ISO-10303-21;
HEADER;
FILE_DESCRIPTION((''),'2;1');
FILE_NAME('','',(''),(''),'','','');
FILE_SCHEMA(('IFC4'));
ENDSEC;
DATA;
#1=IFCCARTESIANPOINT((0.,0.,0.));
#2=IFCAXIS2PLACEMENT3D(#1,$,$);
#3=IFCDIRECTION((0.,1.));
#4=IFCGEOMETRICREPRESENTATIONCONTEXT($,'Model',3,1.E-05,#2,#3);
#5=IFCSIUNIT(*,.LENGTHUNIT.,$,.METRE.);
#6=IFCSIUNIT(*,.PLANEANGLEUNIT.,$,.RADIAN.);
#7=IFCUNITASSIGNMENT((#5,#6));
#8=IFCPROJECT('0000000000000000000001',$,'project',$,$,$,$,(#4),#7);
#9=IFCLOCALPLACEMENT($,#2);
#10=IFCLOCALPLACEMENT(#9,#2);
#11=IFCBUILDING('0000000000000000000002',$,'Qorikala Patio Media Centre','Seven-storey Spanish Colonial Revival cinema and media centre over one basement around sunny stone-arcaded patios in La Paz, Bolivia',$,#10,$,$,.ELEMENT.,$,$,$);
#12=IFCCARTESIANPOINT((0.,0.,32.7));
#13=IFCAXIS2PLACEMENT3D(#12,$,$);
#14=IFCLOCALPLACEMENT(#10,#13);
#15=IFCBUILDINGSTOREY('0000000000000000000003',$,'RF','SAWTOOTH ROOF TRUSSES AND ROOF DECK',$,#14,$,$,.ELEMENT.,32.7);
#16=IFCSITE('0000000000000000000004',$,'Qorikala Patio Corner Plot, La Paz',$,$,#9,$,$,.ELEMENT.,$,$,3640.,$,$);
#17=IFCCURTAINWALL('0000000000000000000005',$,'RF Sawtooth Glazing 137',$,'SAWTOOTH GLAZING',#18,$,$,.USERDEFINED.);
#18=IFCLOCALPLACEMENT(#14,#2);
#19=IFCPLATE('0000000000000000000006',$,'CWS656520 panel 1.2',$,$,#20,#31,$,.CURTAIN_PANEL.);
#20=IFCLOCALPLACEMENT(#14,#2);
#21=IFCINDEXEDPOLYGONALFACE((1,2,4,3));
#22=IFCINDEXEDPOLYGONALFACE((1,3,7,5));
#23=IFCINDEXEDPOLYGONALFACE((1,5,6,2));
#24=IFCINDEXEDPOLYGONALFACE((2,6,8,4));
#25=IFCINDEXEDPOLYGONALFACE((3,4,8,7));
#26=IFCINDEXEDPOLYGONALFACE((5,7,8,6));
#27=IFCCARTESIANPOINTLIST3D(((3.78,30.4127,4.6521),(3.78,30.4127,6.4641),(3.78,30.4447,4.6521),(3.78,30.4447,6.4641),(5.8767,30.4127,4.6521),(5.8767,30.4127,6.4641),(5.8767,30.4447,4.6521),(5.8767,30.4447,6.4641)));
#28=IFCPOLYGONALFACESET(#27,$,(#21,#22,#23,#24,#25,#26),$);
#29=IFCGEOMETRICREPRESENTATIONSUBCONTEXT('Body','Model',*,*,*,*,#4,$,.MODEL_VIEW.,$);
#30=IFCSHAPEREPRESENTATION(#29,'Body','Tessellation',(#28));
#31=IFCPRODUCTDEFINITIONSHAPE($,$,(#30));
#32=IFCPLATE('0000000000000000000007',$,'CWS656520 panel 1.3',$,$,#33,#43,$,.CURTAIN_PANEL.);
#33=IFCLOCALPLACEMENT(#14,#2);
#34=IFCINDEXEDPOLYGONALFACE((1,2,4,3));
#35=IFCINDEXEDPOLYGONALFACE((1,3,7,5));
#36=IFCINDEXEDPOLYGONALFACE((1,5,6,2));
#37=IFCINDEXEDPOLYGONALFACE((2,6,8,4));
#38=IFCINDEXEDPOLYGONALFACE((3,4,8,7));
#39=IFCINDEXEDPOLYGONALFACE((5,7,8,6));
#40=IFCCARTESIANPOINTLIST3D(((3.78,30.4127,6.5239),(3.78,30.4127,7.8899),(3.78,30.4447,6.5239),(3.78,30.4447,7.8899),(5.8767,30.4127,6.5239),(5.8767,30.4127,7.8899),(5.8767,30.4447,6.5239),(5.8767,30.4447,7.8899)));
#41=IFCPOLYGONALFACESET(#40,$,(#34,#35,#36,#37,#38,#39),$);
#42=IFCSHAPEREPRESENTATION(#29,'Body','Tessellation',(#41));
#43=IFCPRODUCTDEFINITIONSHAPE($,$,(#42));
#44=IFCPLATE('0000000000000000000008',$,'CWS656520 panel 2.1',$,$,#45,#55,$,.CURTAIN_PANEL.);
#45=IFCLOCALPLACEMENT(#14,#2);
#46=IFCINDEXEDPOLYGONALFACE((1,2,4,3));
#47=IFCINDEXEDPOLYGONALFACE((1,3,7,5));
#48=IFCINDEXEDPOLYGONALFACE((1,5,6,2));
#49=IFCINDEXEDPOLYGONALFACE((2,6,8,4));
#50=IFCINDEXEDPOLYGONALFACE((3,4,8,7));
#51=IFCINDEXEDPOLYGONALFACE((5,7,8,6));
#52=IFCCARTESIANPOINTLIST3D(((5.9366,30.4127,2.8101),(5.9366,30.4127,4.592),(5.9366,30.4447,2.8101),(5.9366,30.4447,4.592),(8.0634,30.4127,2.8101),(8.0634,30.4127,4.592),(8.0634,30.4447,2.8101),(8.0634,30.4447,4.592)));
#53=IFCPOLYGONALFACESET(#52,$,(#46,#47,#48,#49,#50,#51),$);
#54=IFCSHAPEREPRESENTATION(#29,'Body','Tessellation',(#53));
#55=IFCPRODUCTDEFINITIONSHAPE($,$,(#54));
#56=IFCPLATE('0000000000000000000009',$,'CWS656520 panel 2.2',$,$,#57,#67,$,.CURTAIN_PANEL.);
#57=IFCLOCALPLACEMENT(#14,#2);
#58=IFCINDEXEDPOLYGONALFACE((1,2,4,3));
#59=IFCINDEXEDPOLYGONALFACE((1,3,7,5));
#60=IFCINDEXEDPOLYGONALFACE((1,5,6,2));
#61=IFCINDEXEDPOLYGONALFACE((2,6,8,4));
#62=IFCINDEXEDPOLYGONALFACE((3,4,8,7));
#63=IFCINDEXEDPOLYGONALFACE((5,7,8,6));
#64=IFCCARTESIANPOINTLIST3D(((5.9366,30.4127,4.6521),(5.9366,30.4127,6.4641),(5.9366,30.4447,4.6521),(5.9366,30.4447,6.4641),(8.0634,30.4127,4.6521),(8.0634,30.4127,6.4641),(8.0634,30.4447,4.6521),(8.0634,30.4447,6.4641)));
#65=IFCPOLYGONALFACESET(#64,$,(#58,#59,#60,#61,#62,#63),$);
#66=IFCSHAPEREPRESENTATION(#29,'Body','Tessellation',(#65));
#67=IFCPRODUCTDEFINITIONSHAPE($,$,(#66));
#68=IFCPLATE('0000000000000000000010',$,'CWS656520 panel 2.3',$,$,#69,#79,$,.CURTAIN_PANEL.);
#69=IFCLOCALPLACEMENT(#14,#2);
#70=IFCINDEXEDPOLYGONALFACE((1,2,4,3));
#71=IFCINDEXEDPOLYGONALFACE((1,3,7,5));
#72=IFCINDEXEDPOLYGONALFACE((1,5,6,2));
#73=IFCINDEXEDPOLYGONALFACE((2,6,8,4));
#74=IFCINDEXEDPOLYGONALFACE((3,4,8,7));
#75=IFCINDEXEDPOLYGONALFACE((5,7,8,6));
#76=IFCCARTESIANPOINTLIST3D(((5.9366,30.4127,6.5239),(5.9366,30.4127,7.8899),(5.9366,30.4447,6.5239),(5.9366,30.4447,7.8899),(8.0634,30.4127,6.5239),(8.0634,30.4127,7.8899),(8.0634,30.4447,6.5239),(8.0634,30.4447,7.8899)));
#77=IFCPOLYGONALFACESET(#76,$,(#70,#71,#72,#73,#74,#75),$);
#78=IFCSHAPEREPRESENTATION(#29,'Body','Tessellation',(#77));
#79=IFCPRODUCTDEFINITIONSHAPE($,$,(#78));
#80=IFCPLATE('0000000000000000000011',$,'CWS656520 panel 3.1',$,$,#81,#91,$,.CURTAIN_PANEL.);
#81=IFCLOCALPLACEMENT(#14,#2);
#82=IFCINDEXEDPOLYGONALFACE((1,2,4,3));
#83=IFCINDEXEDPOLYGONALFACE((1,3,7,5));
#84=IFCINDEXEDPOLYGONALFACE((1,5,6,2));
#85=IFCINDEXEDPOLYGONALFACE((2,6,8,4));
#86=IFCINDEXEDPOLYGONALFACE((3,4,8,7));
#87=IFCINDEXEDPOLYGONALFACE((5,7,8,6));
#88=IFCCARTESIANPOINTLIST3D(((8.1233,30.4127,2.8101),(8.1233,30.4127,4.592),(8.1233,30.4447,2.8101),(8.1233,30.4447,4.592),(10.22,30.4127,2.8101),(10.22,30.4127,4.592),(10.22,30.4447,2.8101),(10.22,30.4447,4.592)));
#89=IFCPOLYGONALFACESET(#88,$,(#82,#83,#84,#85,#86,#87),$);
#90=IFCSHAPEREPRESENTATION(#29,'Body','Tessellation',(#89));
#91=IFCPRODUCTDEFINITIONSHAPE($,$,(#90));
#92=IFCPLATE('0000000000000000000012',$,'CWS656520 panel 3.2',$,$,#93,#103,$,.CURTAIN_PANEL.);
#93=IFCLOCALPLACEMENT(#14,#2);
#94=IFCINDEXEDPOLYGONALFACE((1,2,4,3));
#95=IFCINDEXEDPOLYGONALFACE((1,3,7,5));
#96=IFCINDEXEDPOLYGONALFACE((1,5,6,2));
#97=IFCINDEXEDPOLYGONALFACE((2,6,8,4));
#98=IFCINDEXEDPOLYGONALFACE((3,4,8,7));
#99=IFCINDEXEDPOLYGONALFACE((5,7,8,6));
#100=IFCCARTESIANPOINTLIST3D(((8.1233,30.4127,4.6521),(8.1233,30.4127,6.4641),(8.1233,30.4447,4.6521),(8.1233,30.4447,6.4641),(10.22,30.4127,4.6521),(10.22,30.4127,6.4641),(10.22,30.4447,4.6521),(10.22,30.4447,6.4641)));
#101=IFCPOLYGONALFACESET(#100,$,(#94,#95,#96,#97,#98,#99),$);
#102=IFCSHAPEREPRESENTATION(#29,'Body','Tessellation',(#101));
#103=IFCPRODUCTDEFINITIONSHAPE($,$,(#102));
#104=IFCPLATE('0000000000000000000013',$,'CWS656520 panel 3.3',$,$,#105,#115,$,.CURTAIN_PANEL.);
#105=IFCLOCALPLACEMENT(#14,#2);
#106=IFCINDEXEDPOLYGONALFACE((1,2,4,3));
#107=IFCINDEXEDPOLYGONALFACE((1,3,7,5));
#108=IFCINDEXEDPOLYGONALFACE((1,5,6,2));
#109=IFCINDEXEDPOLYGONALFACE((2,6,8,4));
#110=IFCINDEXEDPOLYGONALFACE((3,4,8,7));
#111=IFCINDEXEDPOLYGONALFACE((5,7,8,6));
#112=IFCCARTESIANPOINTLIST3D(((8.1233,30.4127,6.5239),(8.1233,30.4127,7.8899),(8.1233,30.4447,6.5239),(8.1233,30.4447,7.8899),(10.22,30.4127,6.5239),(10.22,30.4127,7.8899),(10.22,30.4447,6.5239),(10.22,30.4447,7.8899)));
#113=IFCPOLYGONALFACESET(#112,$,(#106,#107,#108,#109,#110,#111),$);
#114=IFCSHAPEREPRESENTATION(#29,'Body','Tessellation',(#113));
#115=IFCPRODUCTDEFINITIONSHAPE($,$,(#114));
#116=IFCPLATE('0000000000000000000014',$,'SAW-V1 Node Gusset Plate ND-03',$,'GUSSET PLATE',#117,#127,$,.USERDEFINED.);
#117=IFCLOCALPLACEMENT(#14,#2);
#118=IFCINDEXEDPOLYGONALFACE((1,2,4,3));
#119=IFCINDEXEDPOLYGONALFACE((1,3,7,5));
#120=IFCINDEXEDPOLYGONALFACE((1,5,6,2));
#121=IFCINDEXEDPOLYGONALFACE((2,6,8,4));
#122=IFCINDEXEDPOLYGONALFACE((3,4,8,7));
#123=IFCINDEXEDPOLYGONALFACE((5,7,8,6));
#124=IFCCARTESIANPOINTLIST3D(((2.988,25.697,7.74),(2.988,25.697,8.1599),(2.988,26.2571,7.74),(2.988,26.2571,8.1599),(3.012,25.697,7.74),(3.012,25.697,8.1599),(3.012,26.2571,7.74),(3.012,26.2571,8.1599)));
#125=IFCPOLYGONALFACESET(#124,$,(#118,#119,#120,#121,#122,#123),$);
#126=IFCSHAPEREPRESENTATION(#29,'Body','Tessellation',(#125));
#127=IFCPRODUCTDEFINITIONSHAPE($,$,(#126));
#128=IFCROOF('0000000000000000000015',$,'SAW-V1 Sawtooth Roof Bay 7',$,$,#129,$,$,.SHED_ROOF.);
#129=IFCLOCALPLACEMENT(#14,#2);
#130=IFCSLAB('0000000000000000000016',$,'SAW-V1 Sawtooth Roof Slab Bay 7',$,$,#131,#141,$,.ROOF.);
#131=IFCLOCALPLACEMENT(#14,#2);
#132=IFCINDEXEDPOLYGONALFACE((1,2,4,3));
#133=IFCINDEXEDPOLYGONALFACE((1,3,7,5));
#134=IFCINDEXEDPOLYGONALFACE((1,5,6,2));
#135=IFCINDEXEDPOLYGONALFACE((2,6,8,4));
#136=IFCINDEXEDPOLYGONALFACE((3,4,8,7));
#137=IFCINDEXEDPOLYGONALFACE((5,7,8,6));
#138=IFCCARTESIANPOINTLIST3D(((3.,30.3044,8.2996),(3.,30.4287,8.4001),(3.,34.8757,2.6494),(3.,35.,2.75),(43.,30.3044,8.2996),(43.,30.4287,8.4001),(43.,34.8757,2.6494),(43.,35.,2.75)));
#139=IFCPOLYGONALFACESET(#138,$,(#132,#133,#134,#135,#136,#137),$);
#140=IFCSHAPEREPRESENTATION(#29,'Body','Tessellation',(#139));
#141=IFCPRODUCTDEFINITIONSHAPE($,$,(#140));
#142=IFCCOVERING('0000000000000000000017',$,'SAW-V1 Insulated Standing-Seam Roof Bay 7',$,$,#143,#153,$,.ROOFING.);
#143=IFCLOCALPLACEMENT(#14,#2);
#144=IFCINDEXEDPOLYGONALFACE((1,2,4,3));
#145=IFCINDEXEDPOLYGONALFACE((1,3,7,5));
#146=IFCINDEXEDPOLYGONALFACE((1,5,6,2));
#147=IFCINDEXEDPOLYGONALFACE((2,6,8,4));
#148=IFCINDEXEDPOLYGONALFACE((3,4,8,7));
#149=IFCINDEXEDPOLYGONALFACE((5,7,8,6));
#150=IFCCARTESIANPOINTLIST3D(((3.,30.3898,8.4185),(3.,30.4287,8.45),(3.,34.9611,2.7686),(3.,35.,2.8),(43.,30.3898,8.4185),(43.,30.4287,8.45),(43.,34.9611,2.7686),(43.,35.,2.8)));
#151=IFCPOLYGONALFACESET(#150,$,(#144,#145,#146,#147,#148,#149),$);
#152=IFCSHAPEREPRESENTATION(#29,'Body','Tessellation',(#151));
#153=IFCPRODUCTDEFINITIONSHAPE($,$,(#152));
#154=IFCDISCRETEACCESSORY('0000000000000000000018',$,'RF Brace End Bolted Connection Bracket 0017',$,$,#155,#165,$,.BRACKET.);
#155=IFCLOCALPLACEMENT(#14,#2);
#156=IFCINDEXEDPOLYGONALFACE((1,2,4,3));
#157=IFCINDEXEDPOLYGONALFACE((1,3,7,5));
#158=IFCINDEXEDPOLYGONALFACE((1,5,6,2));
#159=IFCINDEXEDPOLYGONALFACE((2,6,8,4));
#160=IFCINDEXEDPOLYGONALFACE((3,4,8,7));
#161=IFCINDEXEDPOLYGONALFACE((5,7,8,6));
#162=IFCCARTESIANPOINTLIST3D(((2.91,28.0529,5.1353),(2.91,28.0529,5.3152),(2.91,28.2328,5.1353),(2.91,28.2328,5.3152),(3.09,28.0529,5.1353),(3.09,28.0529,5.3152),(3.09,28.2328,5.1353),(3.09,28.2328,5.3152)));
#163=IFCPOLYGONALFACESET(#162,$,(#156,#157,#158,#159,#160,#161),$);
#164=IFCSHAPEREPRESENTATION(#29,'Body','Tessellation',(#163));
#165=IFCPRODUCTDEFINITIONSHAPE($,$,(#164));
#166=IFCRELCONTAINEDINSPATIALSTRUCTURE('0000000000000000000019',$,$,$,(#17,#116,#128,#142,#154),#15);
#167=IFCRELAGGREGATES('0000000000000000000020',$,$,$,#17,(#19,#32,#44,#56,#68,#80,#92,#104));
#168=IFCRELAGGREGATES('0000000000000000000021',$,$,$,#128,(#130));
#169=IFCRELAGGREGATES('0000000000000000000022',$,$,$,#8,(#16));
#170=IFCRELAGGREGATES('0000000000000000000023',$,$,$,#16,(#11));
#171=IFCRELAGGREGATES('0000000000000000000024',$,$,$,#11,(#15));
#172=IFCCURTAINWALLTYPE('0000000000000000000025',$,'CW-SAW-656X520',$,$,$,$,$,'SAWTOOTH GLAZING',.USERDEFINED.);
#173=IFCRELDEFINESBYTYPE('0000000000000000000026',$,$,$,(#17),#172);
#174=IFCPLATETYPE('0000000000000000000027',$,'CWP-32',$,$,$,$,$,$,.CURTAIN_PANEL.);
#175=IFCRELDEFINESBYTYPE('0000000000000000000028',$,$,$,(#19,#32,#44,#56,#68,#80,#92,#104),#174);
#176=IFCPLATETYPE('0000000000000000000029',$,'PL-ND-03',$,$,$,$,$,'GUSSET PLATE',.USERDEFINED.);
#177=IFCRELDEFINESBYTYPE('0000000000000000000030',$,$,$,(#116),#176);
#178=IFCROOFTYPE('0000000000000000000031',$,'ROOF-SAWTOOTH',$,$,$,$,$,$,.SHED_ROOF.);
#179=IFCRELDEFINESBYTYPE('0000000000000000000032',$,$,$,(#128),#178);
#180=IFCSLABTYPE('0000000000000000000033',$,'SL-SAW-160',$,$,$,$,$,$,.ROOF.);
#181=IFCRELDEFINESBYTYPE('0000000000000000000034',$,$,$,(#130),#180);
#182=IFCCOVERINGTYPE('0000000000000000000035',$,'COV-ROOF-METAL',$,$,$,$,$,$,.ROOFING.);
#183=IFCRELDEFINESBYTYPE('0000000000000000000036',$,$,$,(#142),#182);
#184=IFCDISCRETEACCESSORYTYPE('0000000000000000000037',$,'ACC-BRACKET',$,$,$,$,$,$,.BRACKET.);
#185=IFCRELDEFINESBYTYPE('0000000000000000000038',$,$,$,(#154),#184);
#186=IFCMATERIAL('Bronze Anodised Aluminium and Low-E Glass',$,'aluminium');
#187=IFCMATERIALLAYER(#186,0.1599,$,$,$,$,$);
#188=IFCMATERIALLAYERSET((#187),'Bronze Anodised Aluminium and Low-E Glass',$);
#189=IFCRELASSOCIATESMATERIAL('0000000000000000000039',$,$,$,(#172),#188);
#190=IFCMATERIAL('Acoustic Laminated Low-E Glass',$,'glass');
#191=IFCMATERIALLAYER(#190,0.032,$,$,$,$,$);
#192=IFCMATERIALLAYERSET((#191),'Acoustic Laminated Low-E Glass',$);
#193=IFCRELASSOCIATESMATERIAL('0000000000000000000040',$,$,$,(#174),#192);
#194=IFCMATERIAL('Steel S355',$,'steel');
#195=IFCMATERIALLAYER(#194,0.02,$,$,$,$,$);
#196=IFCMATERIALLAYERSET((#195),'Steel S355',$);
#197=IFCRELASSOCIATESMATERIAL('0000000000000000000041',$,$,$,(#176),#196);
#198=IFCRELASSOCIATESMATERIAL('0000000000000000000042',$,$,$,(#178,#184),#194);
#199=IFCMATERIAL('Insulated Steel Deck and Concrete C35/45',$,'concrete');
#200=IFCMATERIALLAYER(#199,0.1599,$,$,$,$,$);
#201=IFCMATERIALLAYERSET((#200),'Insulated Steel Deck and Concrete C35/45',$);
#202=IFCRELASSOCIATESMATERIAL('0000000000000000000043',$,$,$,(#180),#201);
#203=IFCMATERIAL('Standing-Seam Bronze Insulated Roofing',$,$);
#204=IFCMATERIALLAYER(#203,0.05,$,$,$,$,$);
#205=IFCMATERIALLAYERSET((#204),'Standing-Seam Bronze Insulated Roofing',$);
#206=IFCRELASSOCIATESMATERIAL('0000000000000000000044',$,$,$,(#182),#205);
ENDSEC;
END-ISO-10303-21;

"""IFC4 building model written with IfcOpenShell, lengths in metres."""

from ifc_helpers import new_model, si_unit, direction, frame, origin, origin_2d, place, context, subcontext, project, spatial, polyline, rectangle, outline, extrude, material, layer, layer_set, type_object, element, aggregate, save


model = new_model("IFC4")

# Units and contexts
model_context = context("Model", 3, precision=1e-05, world=origin(), true_north=direction((0.0, 1.0)))
body_context = subcontext(model_context, "Body", "Model", "MODEL_VIEW")
ifc_project = project(units=[si_unit("LENGTHUNIT", "METRE"), si_unit("PLANEANGLEUNIT", "RADIAN")], contexts=[model_context])

# Site, building, storey
site_placement = place(None, origin())
site = spatial("IfcSite", under=ifc_project, at=site_placement, Name="Qorikala Patio Corner Plot, La Paz", CompositionType="ELEMENT", RefElevation=3640.0)
building_placement = place(site_placement, origin())
building = spatial("IfcBuilding", under=site, at=building_placement, Name="Qorikala Patio Media Centre", Description="Seven-storey Spanish Colonial Revival cinema and media centre over one basement around sunny stone-arcaded patios in La Paz, Bolivia", CompositionType="ELEMENT")
storey_placement = place(building_placement, frame((0.0, 0.0, 32.7)))
storey = spatial("IfcBuildingStorey", under=building, at=storey_placement, Name="RF", Description="SAWTOOTH ROOF TRUSSES AND ROOF DECK", CompositionType="ELEMENT", Elevation=32.7)

# Shared definitions
ifc_material_1 = material(Name="Steel S355", Category="steel")

# Curtain wall
ifc_material_2 = material(Name="Bronze Anodised Aluminium and Low-E Glass", Category="aluminium")
ifc_layer_1 = layer(ifc_material_2, 0.1599)
ifc_layer_set_1 = layer_set([ifc_layer_1], Name="Bronze Anodised Aluminium and Low-E Glass")
curtain_wall_type = type_object("IfcCurtainWallType", Name="CW-SAW-656X520", ElementType="SAWTOOTH GLAZING", PredefinedType="USERDEFINED", material=ifc_layer_set_1)
curtain_wall_placement = place(storey_placement, origin())
curtain_wall = element("IfcCurtainWall", 1, at=curtain_wall_placement, inside=storey, type_object=curtain_wall_type, Name="RF Sawtooth Glazing 137", ObjectType="SAWTOOTH GLAZING", PredefinedType="USERDEFINED")

# Plates
ifc_material_3 = material(Name="Acoustic Laminated Low-E Glass", Category="glass")
ifc_layer_2 = layer(ifc_material_3, 0.032)
ifc_layer_set_2 = layer_set([ifc_layer_2], Name="Acoustic Laminated Low-E Glass")
plate_type_1 = type_object("IfcPlateType", Name="CWP-32", PredefinedType="CURTAIN_PANEL", material=ifc_layer_set_2)
plate_1_placement = place(storey_placement, frame((4.8284, 30.4287, 4.6521), z_axis=(0.0, 0.0, 1.0), x_axis=(1.0, 0.0, 0.0)))
plate_1 = element("IfcPlate", 2, at=plate_1_placement, type_object=plate_type_1, Name="CWS656520 panel 1.2", PredefinedType="CURTAIN_PANEL", context=body_context, shape_type="SweptSolid", body=[
    extrude(rectangle(XDim=2.0967, YDim=0.032, at=origin_2d()), origin(), (0.0, 0.0, 1.0), 1.812),
])
plate_2_placement = place(storey_placement, frame((4.8284, 30.4287, 6.5239), z_axis=(0.0, 0.0, 1.0), x_axis=(1.0, 0.0, 0.0)))
plate_2 = element("IfcPlate", 3, at=plate_2_placement, type_object=plate_type_1, Name="CWS656520 panel 1.3", PredefinedType="CURTAIN_PANEL", context=body_context, shape_type="SweptSolid", body=[
    extrude(rectangle(XDim=2.0967, YDim=0.032, at=origin_2d()), origin(), (0.0, 0.0, 1.0), 1.366),
])
plate_3_placement = place(storey_placement, frame((7.0, 30.4287, 2.8101), z_axis=(0.0, 0.0, 1.0), x_axis=(1.0, 0.0, 0.0)))
plate_3 = element("IfcPlate", 4, at=plate_3_placement, type_object=plate_type_1, Name="CWS656520 panel 2.1", PredefinedType="CURTAIN_PANEL", context=body_context, shape_type="SweptSolid", body=[
    extrude(rectangle(XDim=2.1267, YDim=0.032, at=origin_2d()), origin(), (0.0, 0.0, 1.0), 1.782),
])
plate_4_placement = place(storey_placement, frame((7.0, 30.4287, 4.6521), z_axis=(0.0, 0.0, 1.0), x_axis=(1.0, 0.0, 0.0)))
plate_4 = element("IfcPlate", 5, at=plate_4_placement, type_object=plate_type_1, Name="CWS656520 panel 2.2", PredefinedType="CURTAIN_PANEL", context=body_context, shape_type="SweptSolid", body=[
    extrude(rectangle(XDim=2.1267, YDim=0.032, at=origin_2d()), origin(), (0.0, 0.0, 1.0), 1.812),
])
plate_5_placement = place(storey_placement, frame((7.0, 30.4287, 6.5239), z_axis=(0.0, 0.0, 1.0), x_axis=(1.0, 0.0, 0.0)))
plate_5 = element("IfcPlate", 6, at=plate_5_placement, type_object=plate_type_1, Name="CWS656520 panel 2.3", PredefinedType="CURTAIN_PANEL", context=body_context, shape_type="SweptSolid", body=[
    extrude(rectangle(XDim=2.1267, YDim=0.032, at=origin_2d()), origin(), (0.0, 0.0, 1.0), 1.366),
])
plate_6_placement = place(storey_placement, frame((9.1716, 30.4287, 2.8101), z_axis=(0.0, 0.0, 1.0), x_axis=(1.0, 0.0, 0.0)))
plate_6 = element("IfcPlate", 7, at=plate_6_placement, type_object=plate_type_1, Name="CWS656520 panel 3.1", PredefinedType="CURTAIN_PANEL", context=body_context, shape_type="SweptSolid", body=[
    extrude(rectangle(XDim=2.0967, YDim=0.032, at=origin_2d()), origin(), (0.0, 0.0, 1.0), 1.782),
])
plate_7_placement = place(storey_placement, frame((9.1716, 30.4287, 4.6521), z_axis=(0.0, 0.0, 1.0), x_axis=(1.0, 0.0, 0.0)))
plate_7 = element("IfcPlate", 8, at=plate_7_placement, type_object=plate_type_1, Name="CWS656520 panel 3.2", PredefinedType="CURTAIN_PANEL", context=body_context, shape_type="SweptSolid", body=[
    extrude(rectangle(XDim=2.0967, YDim=0.032, at=origin_2d()), origin(), (0.0, 0.0, 1.0), 1.812),
])
plate_8_placement = place(storey_placement, frame((9.1716, 30.4287, 6.5239), z_axis=(0.0, 0.0, 1.0), x_axis=(1.0, 0.0, 0.0)))
plate_8 = element("IfcPlate", 9, at=plate_8_placement, type_object=plate_type_1, Name="CWS656520 panel 3.3", PredefinedType="CURTAIN_PANEL", context=body_context, shape_type="SweptSolid", body=[
    extrude(rectangle(XDim=2.0967, YDim=0.032, at=origin_2d()), origin(), (0.0, 0.0, 1.0), 1.366),
])
aggregate(curtain_wall, [plate_1, plate_2, plate_3, plate_4, plate_5, plate_6, plate_7, plate_8])
ifc_layer_3 = layer(ifc_material_1, 0.02)
ifc_layer_set_3 = layer_set([ifc_layer_3], Name="Steel S355")
plate_type_2 = type_object("IfcPlateType", Name="PL-ND-03", ElementType="GUSSET PLATE", PredefinedType="USERDEFINED", material=ifc_layer_set_3)
plate_9_placement = place(storey_placement, frame((3.0, 25.9771, 7.74), z_axis=(0.0, 0.0, 1.0), x_axis=(1.0, 0.0, 0.0)))
element("IfcPlate", 10, at=plate_9_placement, inside=storey, type_object=plate_type_2, Name="SAW-V1 Node Gusset Plate ND-03", ObjectType="GUSSET PLATE", PredefinedType="USERDEFINED", context=body_context, shape_type="SweptSolid", body=[
    extrude(rectangle(XDim=0.0239, YDim=0.5601, at=origin_2d()), origin(), (0.0, 0.0, 1.0), 0.4199),
])

# Roof, slab
roof_type = type_object("IfcRoofType", Name="ROOF-SAWTOOTH", PredefinedType="SHED_ROOF", material=ifc_material_1)
roof_placement = place(storey_placement, origin())
roof = element("IfcRoof", 11, at=roof_placement, inside=storey, type_object=roof_type, Name="SAW-V1 Sawtooth Roof Bay 7", PredefinedType="SHED_ROOF")
ifc_material_4 = material(Name="Insulated Steel Deck and Concrete C35/45", Category="concrete")
ifc_layer_4 = layer(ifc_material_4, 0.1599)
ifc_layer_set_4 = layer_set([ifc_layer_4], Name="Insulated Steel Deck and Concrete C35/45")
slab_type = type_object("IfcSlabType", Name="SL-SAW-160", PredefinedType="ROOF", material=ifc_layer_set_4)
slab_placement = place(storey_placement, frame((3.0, 30.4287, 8.4001), z_axis=(0.0, 0.777422, 0.628979), x_axis=(1.0, 0.0, 0.0)))
slab = element("IfcSlab", 12, at=slab_placement, type_object=slab_type, Name="SAW-V1 Sawtooth Roof Slab Bay 7", PredefinedType="ROOF", context=body_context, shape_type="SweptSolid", body=[
    extrude(outline(polyline([(0.0, 0.0), (40.0, 0.0), (40.0, 7.2678), (0.0, 7.2678), (0.0, 0.0)])), origin(), (0.0, 0.0, -1.0), 0.1599),
])
aggregate(roof, [slab])

# Covering
ifc_material_5 = material(Name="Standing-Seam Bronze Insulated Roofing")
ifc_layer_5 = layer(ifc_material_5, 0.05)
ifc_layer_set_5 = layer_set([ifc_layer_5], Name="Standing-Seam Bronze Insulated Roofing")
covering_type = type_object("IfcCoveringType", Name="COV-ROOF-METAL", PredefinedType="ROOFING", material=ifc_layer_set_5)
covering_placement = place(storey_placement, frame((3.0, 30.4287, 8.45), z_axis=(0.0, 0.777409, 0.628995), x_axis=(1.0, 0.0, 0.0)))
element("IfcCovering", 13, at=covering_placement, inside=storey, type_object=covering_type, Name="SAW-V1 Insulated Standing-Seam Roof Bay 7", PredefinedType="ROOFING", context=body_context, shape_type="SweptSolid", body=[
    extrude(outline(polyline([(0.0, 0.0), (40.0, 0.0), (40.0, 7.2676), (0.0, 7.2676), (0.0, 0.0)])), origin(), (0.0, 0.0, -1.0), 0.05),
])

# Discrete accessory
discrete_accessory_type = type_object("IfcDiscreteAccessoryType", Name="ACC-BRACKET", PredefinedType="BRACKET", material=ifc_material_1)
discrete_accessory_placement = place(storey_placement, frame((3.0, 28.1428, 5.1353), z_axis=(0.0, 0.0, 1.0), x_axis=(1.0, 0.0, 0.0)))
element("IfcDiscreteAccessory", 14, at=discrete_accessory_placement, inside=storey, type_object=discrete_accessory_type, Name="RF Brace End Bolted Connection Bracket 0017", PredefinedType="BRACKET", context=body_context, shape_type="SweptSolid", body=[
    extrude(rectangle(XDim=0.1799, YDim=0.1799, at=origin_2d()), origin(), (0.0, 0.0, 1.0), 0.1799),
])

save(model, "model.ifc")
